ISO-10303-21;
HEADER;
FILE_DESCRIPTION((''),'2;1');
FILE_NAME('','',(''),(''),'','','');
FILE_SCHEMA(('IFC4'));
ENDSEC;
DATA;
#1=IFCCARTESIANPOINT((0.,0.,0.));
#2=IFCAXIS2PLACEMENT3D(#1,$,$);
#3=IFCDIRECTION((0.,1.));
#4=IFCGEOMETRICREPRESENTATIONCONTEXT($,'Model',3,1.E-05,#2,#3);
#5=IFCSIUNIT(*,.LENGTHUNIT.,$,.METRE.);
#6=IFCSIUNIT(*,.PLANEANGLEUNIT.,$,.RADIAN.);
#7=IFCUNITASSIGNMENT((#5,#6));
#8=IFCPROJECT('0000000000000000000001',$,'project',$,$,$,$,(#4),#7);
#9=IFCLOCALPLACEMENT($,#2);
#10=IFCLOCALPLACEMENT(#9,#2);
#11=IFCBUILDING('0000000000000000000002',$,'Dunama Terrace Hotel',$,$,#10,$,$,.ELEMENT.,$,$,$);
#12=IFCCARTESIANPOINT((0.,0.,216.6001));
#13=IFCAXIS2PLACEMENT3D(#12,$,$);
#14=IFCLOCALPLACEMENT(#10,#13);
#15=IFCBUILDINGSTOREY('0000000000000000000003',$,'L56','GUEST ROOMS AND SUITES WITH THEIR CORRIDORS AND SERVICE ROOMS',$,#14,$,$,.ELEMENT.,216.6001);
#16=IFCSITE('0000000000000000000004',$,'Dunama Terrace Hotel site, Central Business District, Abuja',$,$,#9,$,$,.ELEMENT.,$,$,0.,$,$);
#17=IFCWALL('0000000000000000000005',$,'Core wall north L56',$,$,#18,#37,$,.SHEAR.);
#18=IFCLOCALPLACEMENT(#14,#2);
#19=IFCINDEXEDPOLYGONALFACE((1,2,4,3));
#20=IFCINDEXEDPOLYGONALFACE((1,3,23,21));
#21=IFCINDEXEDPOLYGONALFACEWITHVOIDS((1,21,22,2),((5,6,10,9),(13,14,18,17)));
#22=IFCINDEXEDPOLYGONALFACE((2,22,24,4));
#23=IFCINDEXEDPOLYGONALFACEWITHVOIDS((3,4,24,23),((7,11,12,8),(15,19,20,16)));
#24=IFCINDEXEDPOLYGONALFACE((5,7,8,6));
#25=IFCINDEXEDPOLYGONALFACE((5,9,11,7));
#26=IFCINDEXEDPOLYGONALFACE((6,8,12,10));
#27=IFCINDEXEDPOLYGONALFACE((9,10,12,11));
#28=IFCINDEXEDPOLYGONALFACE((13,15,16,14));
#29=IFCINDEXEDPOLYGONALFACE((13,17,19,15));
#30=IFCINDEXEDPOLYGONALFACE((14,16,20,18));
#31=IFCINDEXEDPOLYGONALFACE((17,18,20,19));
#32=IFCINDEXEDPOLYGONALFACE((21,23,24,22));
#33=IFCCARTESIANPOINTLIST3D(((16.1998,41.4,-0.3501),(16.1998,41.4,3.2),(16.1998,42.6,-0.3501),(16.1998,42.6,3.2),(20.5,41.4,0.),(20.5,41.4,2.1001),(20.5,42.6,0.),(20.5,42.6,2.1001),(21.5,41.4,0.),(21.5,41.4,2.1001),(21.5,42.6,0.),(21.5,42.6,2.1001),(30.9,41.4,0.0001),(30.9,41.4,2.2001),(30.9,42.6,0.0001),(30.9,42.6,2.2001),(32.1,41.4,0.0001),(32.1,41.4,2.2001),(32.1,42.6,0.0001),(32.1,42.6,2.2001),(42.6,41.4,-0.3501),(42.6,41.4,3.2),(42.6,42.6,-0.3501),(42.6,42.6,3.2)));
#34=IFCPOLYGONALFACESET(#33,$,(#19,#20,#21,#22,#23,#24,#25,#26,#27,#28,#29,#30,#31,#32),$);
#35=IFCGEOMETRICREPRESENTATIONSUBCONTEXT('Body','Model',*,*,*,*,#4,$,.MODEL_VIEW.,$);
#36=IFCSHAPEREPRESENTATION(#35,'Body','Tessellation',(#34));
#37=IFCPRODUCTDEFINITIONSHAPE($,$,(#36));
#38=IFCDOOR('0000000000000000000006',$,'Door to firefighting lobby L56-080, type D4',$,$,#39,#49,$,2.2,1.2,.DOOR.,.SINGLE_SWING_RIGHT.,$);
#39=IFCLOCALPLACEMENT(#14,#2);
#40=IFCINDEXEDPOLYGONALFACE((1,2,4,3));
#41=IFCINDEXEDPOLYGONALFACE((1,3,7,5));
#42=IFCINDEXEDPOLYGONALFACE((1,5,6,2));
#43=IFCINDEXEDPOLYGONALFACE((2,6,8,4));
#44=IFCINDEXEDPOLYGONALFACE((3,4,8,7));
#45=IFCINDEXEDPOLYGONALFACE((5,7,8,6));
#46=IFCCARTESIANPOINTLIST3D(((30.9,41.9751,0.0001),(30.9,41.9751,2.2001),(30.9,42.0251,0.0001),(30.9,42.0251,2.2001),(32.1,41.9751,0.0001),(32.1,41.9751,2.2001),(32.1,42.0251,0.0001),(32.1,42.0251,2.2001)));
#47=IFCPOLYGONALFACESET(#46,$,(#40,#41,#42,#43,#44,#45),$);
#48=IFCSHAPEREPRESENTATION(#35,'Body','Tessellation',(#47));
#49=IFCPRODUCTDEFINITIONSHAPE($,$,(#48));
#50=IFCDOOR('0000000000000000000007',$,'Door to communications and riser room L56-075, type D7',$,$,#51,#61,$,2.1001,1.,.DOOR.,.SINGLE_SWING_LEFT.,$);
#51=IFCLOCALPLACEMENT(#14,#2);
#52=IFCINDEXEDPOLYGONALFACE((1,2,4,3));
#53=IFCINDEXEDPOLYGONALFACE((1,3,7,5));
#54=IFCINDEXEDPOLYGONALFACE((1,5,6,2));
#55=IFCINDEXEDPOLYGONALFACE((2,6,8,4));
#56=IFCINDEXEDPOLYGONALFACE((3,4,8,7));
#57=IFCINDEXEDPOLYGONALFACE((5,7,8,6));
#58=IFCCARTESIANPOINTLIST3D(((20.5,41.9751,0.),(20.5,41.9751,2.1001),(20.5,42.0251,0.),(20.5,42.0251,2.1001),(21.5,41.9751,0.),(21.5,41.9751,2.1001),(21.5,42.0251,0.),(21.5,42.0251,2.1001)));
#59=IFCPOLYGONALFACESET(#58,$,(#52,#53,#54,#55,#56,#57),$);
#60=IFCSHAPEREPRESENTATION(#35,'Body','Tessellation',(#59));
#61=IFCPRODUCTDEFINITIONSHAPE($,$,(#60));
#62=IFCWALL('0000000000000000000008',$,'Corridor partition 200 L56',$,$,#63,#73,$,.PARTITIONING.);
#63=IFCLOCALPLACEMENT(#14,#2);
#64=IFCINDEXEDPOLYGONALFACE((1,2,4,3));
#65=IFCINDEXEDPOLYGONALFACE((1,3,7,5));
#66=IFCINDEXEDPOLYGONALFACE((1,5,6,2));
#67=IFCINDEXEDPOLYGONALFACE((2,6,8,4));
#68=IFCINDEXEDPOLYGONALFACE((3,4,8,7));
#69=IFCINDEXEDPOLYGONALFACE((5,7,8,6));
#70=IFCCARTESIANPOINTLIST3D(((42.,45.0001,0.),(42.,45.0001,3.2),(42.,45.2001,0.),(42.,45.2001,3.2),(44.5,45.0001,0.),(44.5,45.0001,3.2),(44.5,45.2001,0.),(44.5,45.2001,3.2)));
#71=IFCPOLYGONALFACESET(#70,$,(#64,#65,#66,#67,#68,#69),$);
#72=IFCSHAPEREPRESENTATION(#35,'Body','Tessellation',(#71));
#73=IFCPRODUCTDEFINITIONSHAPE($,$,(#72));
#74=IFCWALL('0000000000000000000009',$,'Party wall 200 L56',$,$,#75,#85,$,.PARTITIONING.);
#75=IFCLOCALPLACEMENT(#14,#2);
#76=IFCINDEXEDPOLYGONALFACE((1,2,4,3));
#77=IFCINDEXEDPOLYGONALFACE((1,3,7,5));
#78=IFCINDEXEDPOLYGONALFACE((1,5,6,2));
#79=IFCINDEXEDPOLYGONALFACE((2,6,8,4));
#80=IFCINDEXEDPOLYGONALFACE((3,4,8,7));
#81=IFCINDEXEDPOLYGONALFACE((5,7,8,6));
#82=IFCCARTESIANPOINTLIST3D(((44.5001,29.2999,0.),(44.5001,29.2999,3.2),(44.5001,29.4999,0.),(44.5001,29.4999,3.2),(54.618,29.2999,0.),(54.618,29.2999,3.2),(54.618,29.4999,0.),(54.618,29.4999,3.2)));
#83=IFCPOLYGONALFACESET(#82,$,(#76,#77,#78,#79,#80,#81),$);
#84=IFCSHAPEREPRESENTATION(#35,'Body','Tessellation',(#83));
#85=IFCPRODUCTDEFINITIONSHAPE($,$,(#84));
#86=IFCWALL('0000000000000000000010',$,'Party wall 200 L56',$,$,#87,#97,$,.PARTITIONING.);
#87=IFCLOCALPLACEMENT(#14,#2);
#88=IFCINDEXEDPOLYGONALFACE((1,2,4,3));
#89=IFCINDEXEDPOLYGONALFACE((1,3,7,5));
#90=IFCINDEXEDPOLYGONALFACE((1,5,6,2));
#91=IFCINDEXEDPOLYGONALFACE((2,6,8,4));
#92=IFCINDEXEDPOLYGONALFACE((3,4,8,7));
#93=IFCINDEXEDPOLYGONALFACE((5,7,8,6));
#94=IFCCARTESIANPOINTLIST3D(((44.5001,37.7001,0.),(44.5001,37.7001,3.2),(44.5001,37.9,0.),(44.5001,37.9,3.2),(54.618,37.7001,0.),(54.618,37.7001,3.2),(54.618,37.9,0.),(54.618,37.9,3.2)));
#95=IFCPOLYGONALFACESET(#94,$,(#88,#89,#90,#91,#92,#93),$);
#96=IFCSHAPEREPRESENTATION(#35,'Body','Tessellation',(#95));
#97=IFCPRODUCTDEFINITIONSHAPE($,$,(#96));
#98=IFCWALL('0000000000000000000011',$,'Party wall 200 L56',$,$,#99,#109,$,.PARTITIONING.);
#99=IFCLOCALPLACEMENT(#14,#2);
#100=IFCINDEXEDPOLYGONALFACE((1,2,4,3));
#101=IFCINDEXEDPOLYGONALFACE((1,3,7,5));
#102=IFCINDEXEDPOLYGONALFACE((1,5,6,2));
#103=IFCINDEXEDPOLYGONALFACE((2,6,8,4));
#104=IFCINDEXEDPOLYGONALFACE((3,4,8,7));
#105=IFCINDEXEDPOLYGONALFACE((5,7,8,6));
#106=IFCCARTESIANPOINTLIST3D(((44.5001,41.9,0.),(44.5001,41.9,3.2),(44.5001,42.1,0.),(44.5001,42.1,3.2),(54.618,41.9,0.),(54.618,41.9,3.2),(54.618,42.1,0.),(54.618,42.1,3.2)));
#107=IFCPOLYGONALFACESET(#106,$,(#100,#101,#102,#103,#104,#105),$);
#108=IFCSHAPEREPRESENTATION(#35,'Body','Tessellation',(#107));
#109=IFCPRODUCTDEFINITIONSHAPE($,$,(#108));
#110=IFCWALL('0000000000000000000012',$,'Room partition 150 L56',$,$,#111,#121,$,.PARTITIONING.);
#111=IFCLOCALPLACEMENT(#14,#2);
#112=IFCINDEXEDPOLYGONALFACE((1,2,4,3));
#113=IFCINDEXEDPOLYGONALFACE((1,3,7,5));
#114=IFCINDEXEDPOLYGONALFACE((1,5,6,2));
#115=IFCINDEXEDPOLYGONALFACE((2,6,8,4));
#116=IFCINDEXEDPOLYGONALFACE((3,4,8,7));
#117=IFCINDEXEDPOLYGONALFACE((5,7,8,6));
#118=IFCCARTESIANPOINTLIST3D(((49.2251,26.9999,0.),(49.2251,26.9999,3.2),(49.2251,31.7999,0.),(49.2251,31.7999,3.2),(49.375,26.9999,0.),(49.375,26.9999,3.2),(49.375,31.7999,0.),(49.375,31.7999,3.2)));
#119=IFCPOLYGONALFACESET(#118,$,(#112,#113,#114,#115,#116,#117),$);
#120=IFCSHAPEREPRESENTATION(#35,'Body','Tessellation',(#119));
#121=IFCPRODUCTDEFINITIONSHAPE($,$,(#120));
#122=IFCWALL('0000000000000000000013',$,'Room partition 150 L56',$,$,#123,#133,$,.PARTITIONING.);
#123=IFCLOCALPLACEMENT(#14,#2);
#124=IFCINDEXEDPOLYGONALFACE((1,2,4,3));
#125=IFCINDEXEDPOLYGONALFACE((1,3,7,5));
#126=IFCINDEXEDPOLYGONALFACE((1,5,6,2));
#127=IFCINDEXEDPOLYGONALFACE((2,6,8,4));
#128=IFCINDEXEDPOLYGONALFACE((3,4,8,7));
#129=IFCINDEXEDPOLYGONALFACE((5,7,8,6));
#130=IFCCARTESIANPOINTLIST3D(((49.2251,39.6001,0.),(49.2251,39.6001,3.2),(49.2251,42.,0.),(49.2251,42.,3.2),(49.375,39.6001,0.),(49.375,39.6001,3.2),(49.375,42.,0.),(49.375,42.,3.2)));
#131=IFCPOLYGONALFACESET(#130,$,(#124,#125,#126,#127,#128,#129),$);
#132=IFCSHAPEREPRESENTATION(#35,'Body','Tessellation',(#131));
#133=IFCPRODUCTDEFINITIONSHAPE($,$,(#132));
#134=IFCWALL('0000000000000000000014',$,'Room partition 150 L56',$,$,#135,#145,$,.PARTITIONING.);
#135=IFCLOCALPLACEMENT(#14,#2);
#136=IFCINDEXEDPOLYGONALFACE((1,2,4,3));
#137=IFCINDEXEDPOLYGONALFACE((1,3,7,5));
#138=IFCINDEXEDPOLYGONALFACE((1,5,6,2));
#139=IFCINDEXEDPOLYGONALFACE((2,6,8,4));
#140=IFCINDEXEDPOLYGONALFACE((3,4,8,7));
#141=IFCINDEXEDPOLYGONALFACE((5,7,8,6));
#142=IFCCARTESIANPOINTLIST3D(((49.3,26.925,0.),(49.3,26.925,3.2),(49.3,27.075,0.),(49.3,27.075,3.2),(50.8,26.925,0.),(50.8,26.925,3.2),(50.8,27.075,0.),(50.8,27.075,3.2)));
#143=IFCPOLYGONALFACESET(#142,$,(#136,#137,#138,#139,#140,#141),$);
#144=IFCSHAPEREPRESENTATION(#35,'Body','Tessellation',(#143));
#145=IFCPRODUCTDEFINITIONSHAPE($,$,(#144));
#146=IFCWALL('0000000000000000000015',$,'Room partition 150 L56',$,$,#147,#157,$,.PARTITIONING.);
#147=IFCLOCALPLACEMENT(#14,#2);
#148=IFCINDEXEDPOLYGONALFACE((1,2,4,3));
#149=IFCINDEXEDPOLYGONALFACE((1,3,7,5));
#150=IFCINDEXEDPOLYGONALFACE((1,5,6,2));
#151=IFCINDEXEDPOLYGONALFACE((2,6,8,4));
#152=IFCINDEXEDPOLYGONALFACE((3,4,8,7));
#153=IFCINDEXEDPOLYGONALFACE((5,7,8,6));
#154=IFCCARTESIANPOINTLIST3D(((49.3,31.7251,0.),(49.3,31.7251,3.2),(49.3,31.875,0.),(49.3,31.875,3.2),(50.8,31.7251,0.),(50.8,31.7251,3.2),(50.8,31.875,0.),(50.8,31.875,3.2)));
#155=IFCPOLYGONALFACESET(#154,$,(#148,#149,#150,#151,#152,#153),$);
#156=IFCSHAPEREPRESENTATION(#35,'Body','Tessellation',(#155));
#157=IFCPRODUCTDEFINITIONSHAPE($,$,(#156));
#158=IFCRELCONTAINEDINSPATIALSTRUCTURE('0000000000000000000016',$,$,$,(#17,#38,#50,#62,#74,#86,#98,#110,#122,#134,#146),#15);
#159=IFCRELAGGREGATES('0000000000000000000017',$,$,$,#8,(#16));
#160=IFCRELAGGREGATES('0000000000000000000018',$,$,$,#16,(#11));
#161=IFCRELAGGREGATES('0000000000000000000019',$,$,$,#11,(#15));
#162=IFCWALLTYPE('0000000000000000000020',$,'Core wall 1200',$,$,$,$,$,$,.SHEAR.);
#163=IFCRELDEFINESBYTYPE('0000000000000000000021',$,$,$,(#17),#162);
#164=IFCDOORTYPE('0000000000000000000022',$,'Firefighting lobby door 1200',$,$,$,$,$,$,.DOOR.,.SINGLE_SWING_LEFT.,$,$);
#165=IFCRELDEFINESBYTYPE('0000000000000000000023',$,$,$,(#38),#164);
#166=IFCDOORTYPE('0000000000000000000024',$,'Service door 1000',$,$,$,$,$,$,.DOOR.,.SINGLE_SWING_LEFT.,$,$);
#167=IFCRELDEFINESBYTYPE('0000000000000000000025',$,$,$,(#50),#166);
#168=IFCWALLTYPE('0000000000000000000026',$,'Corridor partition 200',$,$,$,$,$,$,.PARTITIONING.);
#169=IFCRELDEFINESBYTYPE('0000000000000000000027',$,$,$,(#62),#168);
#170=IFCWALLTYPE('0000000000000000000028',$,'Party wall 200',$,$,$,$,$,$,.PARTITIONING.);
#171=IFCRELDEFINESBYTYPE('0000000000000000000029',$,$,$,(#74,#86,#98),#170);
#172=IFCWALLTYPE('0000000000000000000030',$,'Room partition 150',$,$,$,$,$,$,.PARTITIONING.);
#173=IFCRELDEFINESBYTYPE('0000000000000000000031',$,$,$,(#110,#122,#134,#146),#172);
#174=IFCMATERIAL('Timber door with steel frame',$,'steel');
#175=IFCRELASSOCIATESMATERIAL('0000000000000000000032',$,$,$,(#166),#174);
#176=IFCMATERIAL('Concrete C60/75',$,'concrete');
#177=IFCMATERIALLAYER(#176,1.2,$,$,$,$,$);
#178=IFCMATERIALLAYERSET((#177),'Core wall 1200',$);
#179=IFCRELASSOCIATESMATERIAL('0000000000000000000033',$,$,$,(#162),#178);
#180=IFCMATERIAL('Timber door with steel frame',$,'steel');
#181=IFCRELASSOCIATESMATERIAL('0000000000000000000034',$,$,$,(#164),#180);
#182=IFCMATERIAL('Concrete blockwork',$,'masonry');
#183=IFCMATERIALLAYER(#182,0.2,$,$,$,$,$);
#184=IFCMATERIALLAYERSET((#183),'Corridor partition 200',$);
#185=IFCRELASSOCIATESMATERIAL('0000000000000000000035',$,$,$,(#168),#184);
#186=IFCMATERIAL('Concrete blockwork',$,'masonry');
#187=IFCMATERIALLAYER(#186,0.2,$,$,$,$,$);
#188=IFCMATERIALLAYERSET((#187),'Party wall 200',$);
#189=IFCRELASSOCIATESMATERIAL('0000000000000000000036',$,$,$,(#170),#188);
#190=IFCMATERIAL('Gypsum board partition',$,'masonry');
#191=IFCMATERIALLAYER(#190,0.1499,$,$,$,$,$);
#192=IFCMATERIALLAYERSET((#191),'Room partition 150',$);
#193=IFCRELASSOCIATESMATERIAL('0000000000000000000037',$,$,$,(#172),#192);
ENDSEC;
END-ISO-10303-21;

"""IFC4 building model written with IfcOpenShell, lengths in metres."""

from ifc_helpers import new_model, si_unit, direction, frame, frame_2d, origin, place, context, subcontext, project, spatial, rectangle, extrude, material, layer, layer_set, type_object, element, fill, save


model = new_model("IFC4")

# Units and contexts
model_context = context("Model", 3, precision=1e-05, world=origin(), true_north=direction((0.0, 1.0)))
body_context = subcontext(model_context, "Body", "Model", "MODEL_VIEW")
ifc_project = project(units=[si_unit("LENGTHUNIT", "METRE"), si_unit("PLANEANGLEUNIT", "RADIAN")], contexts=[model_context])

# Site, building, storey
site_placement = place(None, origin())
site = spatial("IfcSite", under=ifc_project, at=site_placement, Name="Dunama Terrace Hotel site, Central Business District, Abuja", CompositionType="ELEMENT", RefElevation=0.0)
building_placement = place(site_placement, origin())
building = spatial("IfcBuilding", under=site, at=building_placement, Name="Dunama Terrace Hotel", CompositionType="ELEMENT")
storey_placement = place(building_placement, frame((0.0, 0.0, 216.6001)))
storey = spatial("IfcBuildingStorey", under=building, at=storey_placement, Name="L56", Description="GUEST ROOMS AND SUITES WITH THEIR CORRIDORS AND SERVICE ROOMS", CompositionType="ELEMENT", Elevation=216.6001)

# Shared definitions
ifc_material_1 = material(Name="Timber door with steel frame", Category="steel")
door_type_1 = type_object("IfcDoorType", Name="Service door 1000", OperationType="SINGLE_SWING_LEFT", PredefinedType="DOOR", material=ifc_material_1)

# Wall, openings, doors
ifc_material_2 = material(Name="Concrete C60/75", Category="concrete")
ifc_layer_1 = layer(ifc_material_2, 1.2)
ifc_layer_set_1 = layer_set([ifc_layer_1], Name="Core wall 1200")
wall_type_1 = type_object("IfcWallType", Name="Core wall 1200", PredefinedType="SHEAR", material=ifc_layer_set_1)
wall_1_placement = place(storey_placement, frame((42.6001, 42.0, -0.3501), z_axis=(0.0, 0.0, 1.0), x_axis=(-1.0, 0.0, 0.0)))
wall_1 = element("IfcWall", 1, at=wall_1_placement, inside=storey, type_object=wall_type_1, Name="Core wall north L56", PredefinedType="SHEAR", context=body_context, shape_type="SweptSolid", body=[
    extrude(rectangle(XDim=26.4001, YDim=1.2, at=frame_2d((13.2002, 0.0))), origin(), (0.0, 0.0, 1.0), 3.55),
])
opening_1_placement = place(wall_1_placement, frame((21.1001, 0.0, 0.3501)))
opening_1 = element("IfcOpeningElement", 2, at=opening_1_placement, cuts=wall_1, PredefinedType="OPENING", context=body_context, shape_type="SweptSolid", body=[
    extrude(rectangle(XDim=1.0, YDim=2.1001, at=frame_2d((0.5, 1.05))), frame((0.0, 0.6099, 0.0), z_axis=(0.0, -1.0, 0.0), x_axis=(1.0, 0.0, 0.0)), (0.0, 0.0, 1.0), 1.22),
])
opening_2_placement = place(wall_1_placement, frame((10.5, 0.0, 0.3501)))
opening_2 = element("IfcOpeningElement", 3, at=opening_2_placement, cuts=wall_1, PredefinedType="OPENING", context=body_context, shape_type="SweptSolid", body=[
    extrude(rectangle(XDim=1.2, YDim=2.2, at=frame_2d((0.6001, 1.1001))), frame((0.0, 0.6099, 0.0), z_axis=(0.0, -1.0, 0.0), x_axis=(1.0, 0.0, 0.0)), (0.0, 0.0, 1.0), 1.22),
])
ifc_material_3 = material(Name="Timber door with steel frame", Category="steel")
door_type_2 = type_object("IfcDoorType", Name="Firefighting lobby door 1200", OperationType="SINGLE_SWING_LEFT", PredefinedType="DOOR", material=ifc_material_3)
door_1_placement = place(opening_2_placement, origin())
door_1 = element("IfcDoor", 4, at=door_1_placement, inside=storey, type_object=door_type_2, Name="Door to firefighting lobby L56-080, type D4", OperationType="SINGLE_SWING_RIGHT", OverallHeight=2.2, OverallWidth=1.2, PredefinedType="DOOR", context=body_context, shape_type="SweptSolid", body=[
    extrude(rectangle(XDim=1.2, YDim=2.2, at=frame_2d((0.6001, 1.1001))), frame((0.0, 0.0249, 0.0), z_axis=(0.0, -1.0, 0.0), x_axis=(1.0, 0.0, 0.0)), (0.0, 0.0, 1.0), 0.05),
])
fill(opening_2, door_1)
door_2_placement = place(opening_1_placement, origin())
door_2 = element("IfcDoor", 5, at=door_2_placement, inside=storey, type_object=door_type_1, Name="Door to communications and riser room L56-075, type D7", OperationType="SINGLE_SWING_LEFT", OverallHeight=2.1001, OverallWidth=1.0, PredefinedType="DOOR", context=body_context, shape_type="SweptSolid", body=[
    extrude(rectangle(XDim=1.0, YDim=2.1001, at=frame_2d((0.5, 1.05))), frame((0.0, 0.0249, 0.0), z_axis=(0.0, -1.0, 0.0), x_axis=(1.0, 0.0, 0.0)), (0.0, 0.0, 1.0), 0.05),
])
fill(opening_1, door_2)

# Walls
ifc_material_4 = material(Name="Concrete blockwork", Category="masonry")
ifc_layer_2 = layer(ifc_material_4, 0.2)
ifc_layer_set_2 = layer_set([ifc_layer_2], Name="Corridor partition 200")
wall_type_2 = type_object("IfcWallType", Name="Corridor partition 200", PredefinedType="PARTITIONING", material=ifc_layer_set_2)
wall_2_placement = place(storey_placement, frame((42.0, 45.1001, 0.0), z_axis=(0.0, 0.0, 1.0), x_axis=(1.0, 0.0, 0.0)))
element("IfcWall", 6, at=wall_2_placement, inside=storey, type_object=wall_type_2, Name="Corridor partition 200 L56", PredefinedType="PARTITIONING", context=body_context, shape_type="SweptSolid", body=[
    extrude(rectangle(XDim=2.5, YDim=0.2, at=frame_2d((1.25, 0.0))), origin(), (0.0, 0.0, 1.0), 3.2),
])
ifc_material_5 = material(Name="Concrete blockwork", Category="masonry")
ifc_layer_3 = layer(ifc_material_5, 0.2)
ifc_layer_set_3 = layer_set([ifc_layer_3], Name="Party wall 200")
wall_type_3 = type_object("IfcWallType", Name="Party wall 200", PredefinedType="PARTITIONING", material=ifc_layer_set_3)
for number, where, z_axis, x_axis, name in (
    (7, (44.5, 29.3999, 0.0), (0.0, 0.0, 1.0), (1.0, 0.0, 0.0), "Party wall 200 L56"),
    (8, (44.5, 37.8, 0.0), (0.0, 0.0, 1.0), (1.0, 0.0, 0.0), "Party wall 200 L56"),
    (9, (44.5, 42.0, 0.0), (0.0, 0.0, 1.0), (1.0, 0.0, 0.0), "Party wall 200 L56"),
):
    element("IfcWall", number, at=place(storey_placement, frame(where, z_axis=z_axis, x_axis=x_axis)), inside=storey, type_object=wall_type_3, Name=name, PredefinedType="PARTITIONING", context=body_context, shape_type="SweptSolid", body=[
        extrude(rectangle(XDim=10.1179, YDim=0.2, at=frame_2d((5.0591, 0.0))), origin(), (0.0, 0.0, 1.0), 3.2),
    ])
ifc_material_6 = material(Name="Gypsum board partition", Category="masonry")
ifc_layer_4 = layer(ifc_material_6, 0.1499)
ifc_layer_set_4 = layer_set([ifc_layer_4], Name="Room partition 150")
wall_type_4 = type_object("IfcWallType", Name="Room partition 150", PredefinedType="PARTITIONING", material=ifc_layer_set_4)
wall_3_placement = place(storey_placement, frame((49.3, 27.0, 0.0), z_axis=(0.0, 0.0, 1.0), x_axis=(0.0, 1.0, 0.0)))
element("IfcWall", 10, at=wall_3_placement, inside=storey, type_object=wall_type_4, Name="Room partition 150 L56", PredefinedType="PARTITIONING", context=body_context, shape_type="SweptSolid", body=[
    extrude(rectangle(XDim=4.8, YDim=0.1499, at=frame_2d((2.3999, 0.0))), origin(), (0.0, 0.0, 1.0), 3.2),
])
wall_4_placement = place(storey_placement, frame((49.3, 39.6001, 0.0), z_axis=(0.0, 0.0, 1.0), x_axis=(0.0, 1.0, 0.0)))
element("IfcWall", 11, at=wall_4_placement, inside=storey, type_object=wall_type_4, Name="Room partition 150 L56", PredefinedType="PARTITIONING", context=body_context, shape_type="SweptSolid", body=[
    extrude(rectangle(XDim=2.3999, YDim=0.1499, at=frame_2d((1.2, 0.0))), origin(), (0.0, 0.0, 1.0), 3.2),
])
for number, where, z_axis, x_axis, name in (
    (12, (49.3, 27.0, 0.0), (0.0, 0.0, 1.0), (1.0, 0.0, 0.0), "Room partition 150 L56"),
    (13, (49.3, 31.8, 0.0), (0.0, 0.0, 1.0), (1.0, 0.0, 0.0), "Room partition 150 L56"),
):
    element("IfcWall", number, at=place(storey_placement, frame(where, z_axis=z_axis, x_axis=x_axis)), inside=storey, type_object=wall_type_4, Name=name, PredefinedType="PARTITIONING", context=body_context, shape_type="SweptSolid", body=[
        extrude(rectangle(XDim=1.5, YDim=0.1499, at=frame_2d((0.75, 0.0))), origin(), (0.0, 0.0, 1.0), 3.2),
    ])

save(model, "model.ifc")
